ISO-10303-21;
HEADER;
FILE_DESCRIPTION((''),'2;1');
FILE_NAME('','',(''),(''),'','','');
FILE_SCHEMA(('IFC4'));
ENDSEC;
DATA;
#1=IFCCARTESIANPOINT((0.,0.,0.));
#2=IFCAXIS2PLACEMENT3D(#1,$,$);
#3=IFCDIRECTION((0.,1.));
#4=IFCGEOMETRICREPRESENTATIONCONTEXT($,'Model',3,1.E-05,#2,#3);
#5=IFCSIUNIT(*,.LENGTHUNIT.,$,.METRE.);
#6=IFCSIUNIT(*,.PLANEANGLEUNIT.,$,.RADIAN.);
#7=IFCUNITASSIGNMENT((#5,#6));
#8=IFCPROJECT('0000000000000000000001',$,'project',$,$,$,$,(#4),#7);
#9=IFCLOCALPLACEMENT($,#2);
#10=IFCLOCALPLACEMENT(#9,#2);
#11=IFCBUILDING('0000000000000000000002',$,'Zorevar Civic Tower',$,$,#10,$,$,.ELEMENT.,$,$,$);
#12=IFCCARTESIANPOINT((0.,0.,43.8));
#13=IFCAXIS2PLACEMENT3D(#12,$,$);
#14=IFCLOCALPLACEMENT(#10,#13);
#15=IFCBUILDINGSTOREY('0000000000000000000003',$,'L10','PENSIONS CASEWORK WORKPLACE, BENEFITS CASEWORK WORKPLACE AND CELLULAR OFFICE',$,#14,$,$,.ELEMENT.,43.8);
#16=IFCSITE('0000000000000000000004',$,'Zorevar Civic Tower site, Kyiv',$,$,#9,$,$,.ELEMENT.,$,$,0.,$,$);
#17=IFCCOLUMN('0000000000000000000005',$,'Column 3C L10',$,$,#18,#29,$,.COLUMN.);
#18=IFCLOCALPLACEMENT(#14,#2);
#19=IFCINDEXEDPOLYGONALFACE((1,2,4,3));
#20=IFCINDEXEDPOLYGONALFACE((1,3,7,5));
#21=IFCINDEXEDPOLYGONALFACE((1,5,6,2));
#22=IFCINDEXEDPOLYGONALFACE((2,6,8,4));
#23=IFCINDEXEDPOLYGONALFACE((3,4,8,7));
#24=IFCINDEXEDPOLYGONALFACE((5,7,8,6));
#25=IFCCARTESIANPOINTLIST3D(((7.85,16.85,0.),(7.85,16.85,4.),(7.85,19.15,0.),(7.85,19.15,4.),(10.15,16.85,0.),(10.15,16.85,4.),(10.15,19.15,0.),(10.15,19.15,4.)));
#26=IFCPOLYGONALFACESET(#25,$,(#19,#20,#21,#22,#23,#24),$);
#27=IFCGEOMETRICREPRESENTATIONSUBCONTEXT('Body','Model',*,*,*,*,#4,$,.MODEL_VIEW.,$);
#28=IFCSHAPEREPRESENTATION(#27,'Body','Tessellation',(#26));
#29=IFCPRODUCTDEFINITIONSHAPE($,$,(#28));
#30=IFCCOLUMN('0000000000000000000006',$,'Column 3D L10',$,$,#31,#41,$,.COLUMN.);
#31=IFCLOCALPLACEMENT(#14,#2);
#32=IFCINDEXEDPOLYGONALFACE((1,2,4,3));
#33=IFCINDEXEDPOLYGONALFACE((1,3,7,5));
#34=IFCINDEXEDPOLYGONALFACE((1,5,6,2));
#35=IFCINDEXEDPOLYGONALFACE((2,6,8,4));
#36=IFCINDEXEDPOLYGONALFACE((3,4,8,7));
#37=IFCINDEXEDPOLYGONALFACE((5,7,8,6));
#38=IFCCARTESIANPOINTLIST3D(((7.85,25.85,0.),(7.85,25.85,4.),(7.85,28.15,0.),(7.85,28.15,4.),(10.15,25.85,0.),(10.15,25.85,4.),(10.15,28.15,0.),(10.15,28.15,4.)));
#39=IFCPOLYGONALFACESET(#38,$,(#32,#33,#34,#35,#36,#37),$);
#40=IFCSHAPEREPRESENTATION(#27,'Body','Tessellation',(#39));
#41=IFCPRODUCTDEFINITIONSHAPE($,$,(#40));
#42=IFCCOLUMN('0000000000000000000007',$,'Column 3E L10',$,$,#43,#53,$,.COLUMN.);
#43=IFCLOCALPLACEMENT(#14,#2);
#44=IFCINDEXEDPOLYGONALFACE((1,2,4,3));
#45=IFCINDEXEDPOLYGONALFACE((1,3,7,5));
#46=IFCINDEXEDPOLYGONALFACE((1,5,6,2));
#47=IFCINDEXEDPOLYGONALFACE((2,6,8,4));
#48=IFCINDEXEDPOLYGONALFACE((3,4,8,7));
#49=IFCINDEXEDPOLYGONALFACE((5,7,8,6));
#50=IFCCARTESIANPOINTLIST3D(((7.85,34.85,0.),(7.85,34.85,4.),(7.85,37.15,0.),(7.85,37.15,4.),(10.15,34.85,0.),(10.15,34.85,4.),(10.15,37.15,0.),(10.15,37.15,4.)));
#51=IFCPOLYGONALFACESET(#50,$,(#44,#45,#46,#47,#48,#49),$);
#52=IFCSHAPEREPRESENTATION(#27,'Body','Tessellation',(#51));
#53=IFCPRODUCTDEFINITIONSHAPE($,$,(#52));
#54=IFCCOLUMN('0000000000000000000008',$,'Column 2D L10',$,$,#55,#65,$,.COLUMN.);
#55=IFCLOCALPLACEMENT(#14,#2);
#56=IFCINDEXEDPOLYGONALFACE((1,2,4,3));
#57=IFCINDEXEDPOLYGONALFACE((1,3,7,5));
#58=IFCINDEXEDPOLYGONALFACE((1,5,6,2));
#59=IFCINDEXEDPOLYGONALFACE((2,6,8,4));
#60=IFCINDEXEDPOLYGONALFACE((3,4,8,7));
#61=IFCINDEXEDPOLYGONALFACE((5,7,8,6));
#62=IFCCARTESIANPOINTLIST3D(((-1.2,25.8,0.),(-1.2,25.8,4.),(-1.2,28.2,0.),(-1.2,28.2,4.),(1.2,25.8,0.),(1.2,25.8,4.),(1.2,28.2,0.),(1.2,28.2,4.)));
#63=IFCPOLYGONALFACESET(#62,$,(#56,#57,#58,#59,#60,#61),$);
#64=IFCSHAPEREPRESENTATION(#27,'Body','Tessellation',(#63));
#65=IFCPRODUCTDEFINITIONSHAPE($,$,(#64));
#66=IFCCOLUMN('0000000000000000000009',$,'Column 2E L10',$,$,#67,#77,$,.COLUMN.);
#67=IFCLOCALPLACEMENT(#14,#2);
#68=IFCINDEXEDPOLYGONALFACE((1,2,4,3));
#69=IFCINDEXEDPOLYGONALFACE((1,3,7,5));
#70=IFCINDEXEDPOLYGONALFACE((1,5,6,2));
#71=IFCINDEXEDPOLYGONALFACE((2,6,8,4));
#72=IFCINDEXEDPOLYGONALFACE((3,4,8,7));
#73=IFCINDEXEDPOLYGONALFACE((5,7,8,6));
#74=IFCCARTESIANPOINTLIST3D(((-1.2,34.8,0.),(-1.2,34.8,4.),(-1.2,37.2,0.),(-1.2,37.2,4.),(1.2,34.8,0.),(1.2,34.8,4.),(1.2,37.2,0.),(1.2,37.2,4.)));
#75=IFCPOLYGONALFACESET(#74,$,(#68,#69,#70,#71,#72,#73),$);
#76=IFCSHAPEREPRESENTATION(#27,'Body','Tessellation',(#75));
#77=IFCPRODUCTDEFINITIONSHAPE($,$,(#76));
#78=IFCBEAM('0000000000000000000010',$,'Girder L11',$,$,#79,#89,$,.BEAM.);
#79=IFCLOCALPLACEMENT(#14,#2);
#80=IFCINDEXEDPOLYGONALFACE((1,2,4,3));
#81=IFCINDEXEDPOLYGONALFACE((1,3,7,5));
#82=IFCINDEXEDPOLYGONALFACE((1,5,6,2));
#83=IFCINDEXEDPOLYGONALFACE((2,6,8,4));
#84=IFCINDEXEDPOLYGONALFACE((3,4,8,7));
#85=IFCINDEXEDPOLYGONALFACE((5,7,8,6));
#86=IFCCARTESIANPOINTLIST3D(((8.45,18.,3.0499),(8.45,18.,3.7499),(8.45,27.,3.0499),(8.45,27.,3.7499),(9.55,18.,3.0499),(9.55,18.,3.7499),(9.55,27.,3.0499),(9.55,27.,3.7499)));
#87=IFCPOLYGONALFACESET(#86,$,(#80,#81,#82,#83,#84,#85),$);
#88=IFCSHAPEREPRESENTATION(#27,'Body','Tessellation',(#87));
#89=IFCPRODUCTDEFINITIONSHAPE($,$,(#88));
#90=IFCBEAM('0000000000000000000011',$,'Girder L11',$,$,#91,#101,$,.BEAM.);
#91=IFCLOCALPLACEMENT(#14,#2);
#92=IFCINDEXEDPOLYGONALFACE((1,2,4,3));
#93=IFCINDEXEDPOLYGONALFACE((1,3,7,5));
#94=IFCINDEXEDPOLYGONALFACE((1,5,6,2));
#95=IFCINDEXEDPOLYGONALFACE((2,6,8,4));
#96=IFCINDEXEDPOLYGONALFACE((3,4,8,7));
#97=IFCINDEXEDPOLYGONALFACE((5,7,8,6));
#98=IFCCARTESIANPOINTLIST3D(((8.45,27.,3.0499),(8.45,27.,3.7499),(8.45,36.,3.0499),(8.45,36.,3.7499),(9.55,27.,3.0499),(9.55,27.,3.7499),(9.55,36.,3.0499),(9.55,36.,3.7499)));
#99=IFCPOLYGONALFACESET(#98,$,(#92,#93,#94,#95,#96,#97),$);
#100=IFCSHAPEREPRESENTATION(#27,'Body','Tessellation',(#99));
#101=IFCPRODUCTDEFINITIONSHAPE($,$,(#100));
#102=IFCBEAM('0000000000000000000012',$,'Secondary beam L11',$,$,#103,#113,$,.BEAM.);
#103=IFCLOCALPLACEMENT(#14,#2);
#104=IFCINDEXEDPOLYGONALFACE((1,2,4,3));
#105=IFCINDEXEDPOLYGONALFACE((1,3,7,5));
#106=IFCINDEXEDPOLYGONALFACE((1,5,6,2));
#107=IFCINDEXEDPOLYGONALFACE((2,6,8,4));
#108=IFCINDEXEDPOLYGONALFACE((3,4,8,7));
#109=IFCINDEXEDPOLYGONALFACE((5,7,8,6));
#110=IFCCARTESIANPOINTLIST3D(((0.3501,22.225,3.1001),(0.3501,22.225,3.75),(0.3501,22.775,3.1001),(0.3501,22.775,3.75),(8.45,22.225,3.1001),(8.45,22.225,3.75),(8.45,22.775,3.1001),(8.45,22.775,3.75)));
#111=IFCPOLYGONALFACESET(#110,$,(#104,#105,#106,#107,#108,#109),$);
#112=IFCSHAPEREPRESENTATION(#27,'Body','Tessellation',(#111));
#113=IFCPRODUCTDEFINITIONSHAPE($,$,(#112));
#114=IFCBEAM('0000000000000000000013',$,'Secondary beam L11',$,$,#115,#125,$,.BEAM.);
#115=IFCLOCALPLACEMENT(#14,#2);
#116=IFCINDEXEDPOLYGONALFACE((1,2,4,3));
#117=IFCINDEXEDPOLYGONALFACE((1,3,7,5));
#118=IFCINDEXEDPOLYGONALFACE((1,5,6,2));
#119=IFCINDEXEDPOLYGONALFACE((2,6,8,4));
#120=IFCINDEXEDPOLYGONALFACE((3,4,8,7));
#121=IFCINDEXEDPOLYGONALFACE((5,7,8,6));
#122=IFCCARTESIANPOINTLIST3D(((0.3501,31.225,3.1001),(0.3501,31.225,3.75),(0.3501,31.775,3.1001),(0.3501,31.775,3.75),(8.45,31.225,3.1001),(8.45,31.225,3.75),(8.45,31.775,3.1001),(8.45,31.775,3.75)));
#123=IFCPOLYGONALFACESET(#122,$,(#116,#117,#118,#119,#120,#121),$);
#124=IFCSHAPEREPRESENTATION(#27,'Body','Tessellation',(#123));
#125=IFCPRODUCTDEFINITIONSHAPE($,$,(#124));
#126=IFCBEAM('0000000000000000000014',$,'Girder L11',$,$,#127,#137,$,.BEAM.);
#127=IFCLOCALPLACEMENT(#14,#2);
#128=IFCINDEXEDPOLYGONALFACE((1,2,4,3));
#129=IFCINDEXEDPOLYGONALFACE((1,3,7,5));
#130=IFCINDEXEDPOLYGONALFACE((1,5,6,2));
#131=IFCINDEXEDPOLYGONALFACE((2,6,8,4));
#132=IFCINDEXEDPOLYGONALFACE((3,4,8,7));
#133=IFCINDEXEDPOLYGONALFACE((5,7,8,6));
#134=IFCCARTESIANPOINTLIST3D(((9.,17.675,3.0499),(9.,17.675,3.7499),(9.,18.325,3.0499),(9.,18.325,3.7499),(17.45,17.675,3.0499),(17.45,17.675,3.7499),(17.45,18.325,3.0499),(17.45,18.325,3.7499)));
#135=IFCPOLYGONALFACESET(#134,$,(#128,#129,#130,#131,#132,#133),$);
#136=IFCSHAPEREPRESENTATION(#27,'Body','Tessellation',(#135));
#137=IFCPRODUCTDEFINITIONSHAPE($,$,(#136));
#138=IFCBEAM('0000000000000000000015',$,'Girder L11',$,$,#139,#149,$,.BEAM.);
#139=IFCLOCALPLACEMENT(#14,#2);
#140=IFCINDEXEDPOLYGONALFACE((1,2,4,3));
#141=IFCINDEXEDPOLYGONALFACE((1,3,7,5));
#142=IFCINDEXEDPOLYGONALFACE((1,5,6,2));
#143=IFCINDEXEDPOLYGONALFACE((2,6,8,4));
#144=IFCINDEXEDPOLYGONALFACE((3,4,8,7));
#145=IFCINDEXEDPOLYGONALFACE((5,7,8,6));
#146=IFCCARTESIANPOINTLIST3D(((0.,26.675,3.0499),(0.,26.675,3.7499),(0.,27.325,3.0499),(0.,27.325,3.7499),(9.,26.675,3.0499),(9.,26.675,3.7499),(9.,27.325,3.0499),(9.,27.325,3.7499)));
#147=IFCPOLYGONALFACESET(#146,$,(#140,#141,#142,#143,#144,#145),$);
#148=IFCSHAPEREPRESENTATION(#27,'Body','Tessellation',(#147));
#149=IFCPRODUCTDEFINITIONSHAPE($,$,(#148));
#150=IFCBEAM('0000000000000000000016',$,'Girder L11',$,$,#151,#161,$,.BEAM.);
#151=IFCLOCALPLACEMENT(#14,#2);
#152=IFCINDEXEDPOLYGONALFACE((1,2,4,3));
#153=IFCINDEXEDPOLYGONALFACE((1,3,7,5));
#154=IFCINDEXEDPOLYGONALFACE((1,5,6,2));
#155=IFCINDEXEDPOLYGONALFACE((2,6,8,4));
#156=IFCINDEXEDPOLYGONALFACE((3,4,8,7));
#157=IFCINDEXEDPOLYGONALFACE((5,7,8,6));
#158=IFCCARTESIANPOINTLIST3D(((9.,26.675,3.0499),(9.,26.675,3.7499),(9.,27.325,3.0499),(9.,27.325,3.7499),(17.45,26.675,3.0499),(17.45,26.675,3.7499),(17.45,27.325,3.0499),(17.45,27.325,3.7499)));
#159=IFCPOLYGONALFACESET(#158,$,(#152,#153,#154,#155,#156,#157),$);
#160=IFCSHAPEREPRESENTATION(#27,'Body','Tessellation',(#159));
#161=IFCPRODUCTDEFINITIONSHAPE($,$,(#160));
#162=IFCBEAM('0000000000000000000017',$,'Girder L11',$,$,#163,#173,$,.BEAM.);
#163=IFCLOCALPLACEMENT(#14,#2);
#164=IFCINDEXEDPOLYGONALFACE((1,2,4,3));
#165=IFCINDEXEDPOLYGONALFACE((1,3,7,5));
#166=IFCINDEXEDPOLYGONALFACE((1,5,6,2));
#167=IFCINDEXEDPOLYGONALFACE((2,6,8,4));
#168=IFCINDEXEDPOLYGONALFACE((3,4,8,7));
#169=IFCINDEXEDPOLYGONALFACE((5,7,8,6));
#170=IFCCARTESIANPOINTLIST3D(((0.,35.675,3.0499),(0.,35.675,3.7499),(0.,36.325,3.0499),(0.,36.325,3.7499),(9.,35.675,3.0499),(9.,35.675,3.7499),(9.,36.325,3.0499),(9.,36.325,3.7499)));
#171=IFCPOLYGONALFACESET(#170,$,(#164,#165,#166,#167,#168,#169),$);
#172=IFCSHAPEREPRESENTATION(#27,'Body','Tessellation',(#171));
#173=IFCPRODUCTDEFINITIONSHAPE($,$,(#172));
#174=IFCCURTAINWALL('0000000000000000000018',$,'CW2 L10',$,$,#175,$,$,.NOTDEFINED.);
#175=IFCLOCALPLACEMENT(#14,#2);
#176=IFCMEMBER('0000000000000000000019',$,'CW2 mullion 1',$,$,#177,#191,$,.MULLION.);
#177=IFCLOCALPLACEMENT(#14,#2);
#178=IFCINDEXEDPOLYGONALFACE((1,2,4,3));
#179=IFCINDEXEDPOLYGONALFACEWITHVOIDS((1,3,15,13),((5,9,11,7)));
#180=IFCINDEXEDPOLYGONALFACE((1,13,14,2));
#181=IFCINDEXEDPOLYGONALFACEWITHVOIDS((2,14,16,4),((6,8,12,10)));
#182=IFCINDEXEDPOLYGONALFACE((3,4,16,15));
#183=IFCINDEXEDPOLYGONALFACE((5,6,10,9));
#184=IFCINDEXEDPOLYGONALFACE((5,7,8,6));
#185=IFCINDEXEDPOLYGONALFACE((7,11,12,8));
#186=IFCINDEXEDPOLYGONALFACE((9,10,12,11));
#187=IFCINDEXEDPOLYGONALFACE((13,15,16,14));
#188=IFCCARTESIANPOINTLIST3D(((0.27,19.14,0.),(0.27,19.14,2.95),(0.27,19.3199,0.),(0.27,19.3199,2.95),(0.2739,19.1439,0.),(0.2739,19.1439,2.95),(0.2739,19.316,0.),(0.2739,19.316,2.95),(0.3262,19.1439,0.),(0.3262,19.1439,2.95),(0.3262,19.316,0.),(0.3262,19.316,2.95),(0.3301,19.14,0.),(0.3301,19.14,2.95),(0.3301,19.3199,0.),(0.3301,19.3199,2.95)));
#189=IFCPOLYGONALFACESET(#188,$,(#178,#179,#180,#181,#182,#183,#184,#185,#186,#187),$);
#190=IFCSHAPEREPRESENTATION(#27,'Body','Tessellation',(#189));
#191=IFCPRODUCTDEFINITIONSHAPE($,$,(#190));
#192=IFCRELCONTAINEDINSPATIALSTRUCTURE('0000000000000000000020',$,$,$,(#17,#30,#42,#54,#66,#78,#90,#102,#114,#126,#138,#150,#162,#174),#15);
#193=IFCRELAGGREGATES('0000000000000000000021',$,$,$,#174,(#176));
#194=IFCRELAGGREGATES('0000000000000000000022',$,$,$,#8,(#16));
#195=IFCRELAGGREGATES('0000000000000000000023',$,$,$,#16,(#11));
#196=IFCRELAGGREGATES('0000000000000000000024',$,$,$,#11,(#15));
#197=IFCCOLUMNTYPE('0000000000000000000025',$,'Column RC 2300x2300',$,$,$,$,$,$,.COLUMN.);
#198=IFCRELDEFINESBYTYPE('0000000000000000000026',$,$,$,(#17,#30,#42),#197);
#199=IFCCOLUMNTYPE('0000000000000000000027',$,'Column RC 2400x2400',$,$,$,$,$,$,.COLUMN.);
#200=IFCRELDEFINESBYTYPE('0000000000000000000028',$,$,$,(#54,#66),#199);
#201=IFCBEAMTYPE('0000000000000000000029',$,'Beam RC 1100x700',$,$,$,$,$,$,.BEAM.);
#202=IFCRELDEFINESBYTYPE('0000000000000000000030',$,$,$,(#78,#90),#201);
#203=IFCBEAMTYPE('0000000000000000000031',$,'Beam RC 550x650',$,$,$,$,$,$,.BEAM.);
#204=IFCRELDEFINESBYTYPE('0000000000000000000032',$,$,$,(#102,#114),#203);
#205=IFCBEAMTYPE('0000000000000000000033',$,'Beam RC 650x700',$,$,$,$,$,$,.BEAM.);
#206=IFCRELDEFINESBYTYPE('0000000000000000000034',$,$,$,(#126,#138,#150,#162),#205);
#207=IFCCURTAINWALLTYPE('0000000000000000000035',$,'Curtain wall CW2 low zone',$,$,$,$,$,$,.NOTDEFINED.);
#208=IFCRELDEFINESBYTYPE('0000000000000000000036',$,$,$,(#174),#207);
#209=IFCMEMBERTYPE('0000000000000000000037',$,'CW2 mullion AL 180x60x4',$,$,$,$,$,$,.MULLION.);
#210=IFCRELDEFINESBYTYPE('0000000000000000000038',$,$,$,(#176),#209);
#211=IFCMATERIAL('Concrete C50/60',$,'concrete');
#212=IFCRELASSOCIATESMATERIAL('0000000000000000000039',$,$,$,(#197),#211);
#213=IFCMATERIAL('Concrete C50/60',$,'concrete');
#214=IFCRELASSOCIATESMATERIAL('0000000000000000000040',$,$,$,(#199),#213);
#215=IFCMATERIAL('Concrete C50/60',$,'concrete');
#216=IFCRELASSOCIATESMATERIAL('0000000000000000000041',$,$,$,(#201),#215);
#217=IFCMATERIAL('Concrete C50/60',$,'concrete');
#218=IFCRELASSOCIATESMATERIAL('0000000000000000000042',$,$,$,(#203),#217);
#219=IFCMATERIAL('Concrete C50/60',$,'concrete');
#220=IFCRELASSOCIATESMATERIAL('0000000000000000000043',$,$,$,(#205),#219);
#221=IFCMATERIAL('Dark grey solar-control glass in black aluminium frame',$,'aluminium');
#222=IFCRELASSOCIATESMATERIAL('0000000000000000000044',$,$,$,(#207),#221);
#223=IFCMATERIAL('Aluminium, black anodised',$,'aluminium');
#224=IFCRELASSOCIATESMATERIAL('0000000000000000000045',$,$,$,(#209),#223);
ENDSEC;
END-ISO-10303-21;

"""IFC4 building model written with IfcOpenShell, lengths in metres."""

from ifc_helpers import new_model, si_unit, direction, frame, origin, origin_2d, place, context, subcontext, project, spatial, rectangle, hollow_rectangle, extrude, material, material_profile, profile_set, type_object, element, aggregate, save


model = new_model("IFC4")

# Units and contexts
model_context = context("Model", 3, precision=1e-05, world=origin(), true_north=direction((0.0, 1.0)))
body_context = subcontext(model_context, "Body", "Model", "MODEL_VIEW")
ifc_project = project(units=[si_unit("LENGTHUNIT", "METRE"), si_unit("PLANEANGLEUNIT", "RADIAN")], contexts=[model_context])

# Site, building, storey
site_placement = place(None, origin())
site = spatial("IfcSite", under=ifc_project, at=site_placement, Name="Zorevar Civic Tower site, Kyiv", CompositionType="ELEMENT", RefElevation=0.0)
building_placement = place(site_placement, origin())
building = spatial("IfcBuilding", under=site, at=building_placement, Name="Zorevar Civic Tower", CompositionType="ELEMENT")
storey_placement = place(building_placement, frame((0.0, 0.0, 43.8)))
storey = spatial("IfcBuildingStorey", under=building, at=storey_placement, Name="L10", Description="PENSIONS CASEWORK WORKPLACE, BENEFITS CASEWORK WORKPLACE AND CELLULAR OFFICE", CompositionType="ELEMENT", Elevation=43.8)

# Columns
ifc_material_1 = material(Name="Concrete C50/60", Category="concrete")
ifc_material_profile_1 = material_profile(ifc_material_1, rectangle(XDim=2.3, YDim=2.3, at=origin_2d()), Name="RC 2300x2300")
ifc_profile_set_1 = profile_set([ifc_material_profile_1], Name="Concrete C50/60")
column_type_1 = type_object("IfcColumnType", Name="Column RC 2300x2300", PredefinedType="COLUMN", material=ifc_profile_set_1)
for number, where, z_axis, x_axis, name in (
    (1, (9.0, 18.0, 0.0), (0.0, 0.0, 1.0), (1.0, 0.0, 0.0), "Column 3C L10"),
    (2, (9.0, 27.0, 0.0), (0.0, 0.0, 1.0), (1.0, 0.0, 0.0), "Column 3D L10"),
    (3, (9.0, 36.0, 0.0), (0.0, 0.0, 1.0), (1.0, 0.0, 0.0), "Column 3E L10"),
):
    element("IfcColumn", number, at=place(storey_placement, frame(where, z_axis=z_axis, x_axis=x_axis)), inside=storey, type_object=column_type_1, Name=name, PredefinedType="COLUMN", context=body_context, shape_type="SweptSolid", body=[
        extrude(rectangle(XDim=2.3, YDim=2.3, at=origin_2d()), origin(), (0.0, 0.0, 1.0), 4.0),
    ])
ifc_material_2 = material(Name="Concrete C50/60", Category="concrete")
ifc_material_profile_2 = material_profile(ifc_material_2, rectangle(XDim=2.3999, YDim=2.3999, at=origin_2d()), Name="RC 2400x2400")
ifc_profile_set_2 = profile_set([ifc_material_profile_2], Name="Concrete C50/60")
column_type_2 = type_object("IfcColumnType", Name="Column RC 2400x2400", PredefinedType="COLUMN", material=ifc_profile_set_2)
for number, where, z_axis, x_axis, name in (
    (4, (0.0, 27.0, 0.0), (0.0, 0.0, 1.0), (1.0, 0.0, 0.0), "Column 2D L10"),
    (5, (0.0, 36.0, 0.0), (0.0, 0.0, 1.0), (1.0, 0.0, 0.0), "Column 2E L10"),
):
    element("IfcColumn", number, at=place(storey_placement, frame(where, z_axis=z_axis, x_axis=x_axis)), inside=storey, type_object=column_type_2, Name=name, PredefinedType="COLUMN", context=body_context, shape_type="SweptSolid", body=[
        extrude(rectangle(XDim=2.3999, YDim=2.3999, at=origin_2d()), origin(), (0.0, 0.0, 1.0), 4.0),
    ])

# Beams
ifc_material_3 = material(Name="Concrete C50/60", Category="concrete")
ifc_material_profile_3 = material_profile(ifc_material_3, rectangle(XDim=1.1001, YDim=0.7, at=origin_2d()), Name="RC 1100x700")
ifc_profile_set_3 = profile_set([ifc_material_profile_3], Name="Concrete C50/60")
beam_type_1 = type_object("IfcBeamType", Name="Beam RC 1100x700", PredefinedType="BEAM", material=ifc_profile_set_3)
for number, where, z_axis, x_axis, name in (
    (6, (9.0, 18.0, 3.3999), (0.0, 1.0, 0.0), (-1.0, 0.0, 0.0), "Girder L11"),
    (7, (9.0, 27.0, 3.3999), (0.0, 1.0, 0.0), (-1.0, 0.0, 0.0), "Girder L11"),
):
    element("IfcBeam", number, at=place(storey_placement, frame(where, z_axis=z_axis, x_axis=x_axis)), inside=storey, type_object=beam_type_1, Name=name, PredefinedType="BEAM", context=body_context, shape_type="SweptSolid", body=[
        extrude(rectangle(XDim=1.1001, YDim=0.7, at=origin_2d()), origin(), (0.0, 0.0, 1.0), 9.0),
    ])
ifc_material_4 = material(Name="Concrete C50/60", Category="concrete")
ifc_material_profile_4 = material_profile(ifc_material_4, rectangle(XDim=0.55, YDim=0.6499, at=origin_2d()), Name="RC 550x650")
ifc_profile_set_4 = profile_set([ifc_material_profile_4], Name="Concrete C50/60")
beam_type_2 = type_object("IfcBeamType", Name="Beam RC 550x650", PredefinedType="BEAM", material=ifc_profile_set_4)
for number, where, z_axis, x_axis, name in (
    (8, (0.3501, 22.5, 3.425), (1.0, 0.0, 0.0), (0.0, 1.0, 0.0), "Secondary beam L11"),
    (9, (0.3501, 31.5, 3.425), (1.0, 0.0, 0.0), (0.0, 1.0, 0.0), "Secondary beam L11"),
):
    element("IfcBeam", number, at=place(storey_placement, frame(where, z_axis=z_axis, x_axis=x_axis)), inside=storey, type_object=beam_type_2, Name=name, PredefinedType="BEAM", context=body_context, shape_type="SweptSolid", body=[
        extrude(rectangle(XDim=0.55, YDim=0.6499, at=origin_2d()), origin(), (0.0, 0.0, 1.0), 8.0999),
    ])
ifc_material_5 = material(Name="Concrete C50/60", Category="concrete")
ifc_material_profile_5 = material_profile(ifc_material_5, rectangle(XDim=0.6499, YDim=0.7, at=origin_2d()), Name="RC 650x700")
ifc_profile_set_5 = profile_set([ifc_material_profile_5], Name="Concrete C50/60")
beam_type_3 = type_object("IfcBeamType", Name="Beam RC 650x700", PredefinedType="BEAM", material=ifc_profile_set_5)
beam_1_placement = place(storey_placement, frame((9.0, 18.0, 3.3999), z_axis=(1.0, 0.0, 0.0), x_axis=(0.0, 1.0, 0.0)))
element("IfcBeam", 10, at=beam_1_placement, inside=storey, type_object=beam_type_3, Name="Girder L11", PredefinedType="BEAM", context=body_context, shape_type="SweptSolid", body=[
    extrude(rectangle(XDim=0.6499, YDim=0.7, at=origin_2d()), origin(), (0.0, 0.0, 1.0), 8.45),
])
beam_2_placement = place(storey_placement, frame((0.0, 27.0, 3.3999), z_axis=(1.0, 0.0, 0.0), x_axis=(0.0, 1.0, 0.0)))
element("IfcBeam", 11, at=beam_2_placement, inside=storey, type_object=beam_type_3, Name="Girder L11", PredefinedType="BEAM", context=body_context, shape_type="SweptSolid", body=[
    extrude(rectangle(XDim=0.6499, YDim=0.7, at=origin_2d()), origin(), (0.0, 0.0, 1.0), 9.0),
])
beam_3_placement = place(storey_placement, frame((9.0, 27.0, 3.3999), z_axis=(1.0, 0.0, 0.0), x_axis=(0.0, 1.0, 0.0)))
element("IfcBeam", 12, at=beam_3_placement, inside=storey, type_object=beam_type_3, Name="Girder L11", PredefinedType="BEAM", context=body_context, shape_type="SweptSolid", body=[
    extrude(rectangle(XDim=0.6499, YDim=0.7, at=origin_2d()), origin(), (0.0, 0.0, 1.0), 8.45),
])
beam_4_placement = place(storey_placement, frame((0.0, 36.0, 3.3999), z_axis=(1.0, 0.0, 0.0), x_axis=(0.0, 1.0, 0.0)))
element("IfcBeam", 13, at=beam_4_placement, inside=storey, type_object=beam_type_3, Name="Girder L11", PredefinedType="BEAM", context=body_context, shape_type="SweptSolid", body=[
    extrude(rectangle(XDim=0.6499, YDim=0.7, at=origin_2d()), origin(), (0.0, 0.0, 1.0), 9.0),
])

# Curtain wall, member
ifc_material_6 = material(Name="Dark grey solar-control glass in black aluminium frame", Category="aluminium")
curtain_wall_type = type_object("IfcCurtainWallType", Name="Curtain wall CW2 low zone", PredefinedType="NOTDEFINED", material=ifc_material_6)
curtain_wall_1_placement = place(storey_placement, origin())
curtain_wall_1 = element("IfcCurtainWall", 14, at=curtain_wall_1_placement, inside=storey, type_object=curtain_wall_type, Name="CW2 L10", PredefinedType="NOTDEFINED")
ifc_material_7 = material(Name="Aluminium, black anodised", Category="aluminium")
ifc_material_profile_6 = material_profile(ifc_material_7, hollow_rectangle(XDim=0.0601, YDim=0.1799, WallThickness=0.0039, at=origin_2d()), Name="AL 180x60x4")
ifc_profile_set_6 = profile_set([ifc_material_profile_6], Name="Aluminium, black anodised")
member_type_1 = type_object("IfcMemberType", Name="CW2 mullion AL 180x60x4", PredefinedType="MULLION", material=ifc_profile_set_6)
member_1_placement = place(storey_placement, frame((0.3, 19.23, 0.0), z_axis=(0.0, 0.0, 1.0), x_axis=(-1.0, 0.0, 0.0)))
member_1 = element("IfcMember", 15, at=member_1_placement, type_object=member_type_1, Name="CW2 mullion 1", PredefinedType="MULLION", context=body_context, shape_type="SweptSolid", body=[
    extrude(hollow_rectangle(XDim=0.0601, YDim=0.1799, WallThickness=0.0039, at=origin_2d()), origin(), (0.0, 0.0, 1.0), 2.95),
])

aggregate(curtain_wall_1, [member_1])

save(model, "model.ifc")
